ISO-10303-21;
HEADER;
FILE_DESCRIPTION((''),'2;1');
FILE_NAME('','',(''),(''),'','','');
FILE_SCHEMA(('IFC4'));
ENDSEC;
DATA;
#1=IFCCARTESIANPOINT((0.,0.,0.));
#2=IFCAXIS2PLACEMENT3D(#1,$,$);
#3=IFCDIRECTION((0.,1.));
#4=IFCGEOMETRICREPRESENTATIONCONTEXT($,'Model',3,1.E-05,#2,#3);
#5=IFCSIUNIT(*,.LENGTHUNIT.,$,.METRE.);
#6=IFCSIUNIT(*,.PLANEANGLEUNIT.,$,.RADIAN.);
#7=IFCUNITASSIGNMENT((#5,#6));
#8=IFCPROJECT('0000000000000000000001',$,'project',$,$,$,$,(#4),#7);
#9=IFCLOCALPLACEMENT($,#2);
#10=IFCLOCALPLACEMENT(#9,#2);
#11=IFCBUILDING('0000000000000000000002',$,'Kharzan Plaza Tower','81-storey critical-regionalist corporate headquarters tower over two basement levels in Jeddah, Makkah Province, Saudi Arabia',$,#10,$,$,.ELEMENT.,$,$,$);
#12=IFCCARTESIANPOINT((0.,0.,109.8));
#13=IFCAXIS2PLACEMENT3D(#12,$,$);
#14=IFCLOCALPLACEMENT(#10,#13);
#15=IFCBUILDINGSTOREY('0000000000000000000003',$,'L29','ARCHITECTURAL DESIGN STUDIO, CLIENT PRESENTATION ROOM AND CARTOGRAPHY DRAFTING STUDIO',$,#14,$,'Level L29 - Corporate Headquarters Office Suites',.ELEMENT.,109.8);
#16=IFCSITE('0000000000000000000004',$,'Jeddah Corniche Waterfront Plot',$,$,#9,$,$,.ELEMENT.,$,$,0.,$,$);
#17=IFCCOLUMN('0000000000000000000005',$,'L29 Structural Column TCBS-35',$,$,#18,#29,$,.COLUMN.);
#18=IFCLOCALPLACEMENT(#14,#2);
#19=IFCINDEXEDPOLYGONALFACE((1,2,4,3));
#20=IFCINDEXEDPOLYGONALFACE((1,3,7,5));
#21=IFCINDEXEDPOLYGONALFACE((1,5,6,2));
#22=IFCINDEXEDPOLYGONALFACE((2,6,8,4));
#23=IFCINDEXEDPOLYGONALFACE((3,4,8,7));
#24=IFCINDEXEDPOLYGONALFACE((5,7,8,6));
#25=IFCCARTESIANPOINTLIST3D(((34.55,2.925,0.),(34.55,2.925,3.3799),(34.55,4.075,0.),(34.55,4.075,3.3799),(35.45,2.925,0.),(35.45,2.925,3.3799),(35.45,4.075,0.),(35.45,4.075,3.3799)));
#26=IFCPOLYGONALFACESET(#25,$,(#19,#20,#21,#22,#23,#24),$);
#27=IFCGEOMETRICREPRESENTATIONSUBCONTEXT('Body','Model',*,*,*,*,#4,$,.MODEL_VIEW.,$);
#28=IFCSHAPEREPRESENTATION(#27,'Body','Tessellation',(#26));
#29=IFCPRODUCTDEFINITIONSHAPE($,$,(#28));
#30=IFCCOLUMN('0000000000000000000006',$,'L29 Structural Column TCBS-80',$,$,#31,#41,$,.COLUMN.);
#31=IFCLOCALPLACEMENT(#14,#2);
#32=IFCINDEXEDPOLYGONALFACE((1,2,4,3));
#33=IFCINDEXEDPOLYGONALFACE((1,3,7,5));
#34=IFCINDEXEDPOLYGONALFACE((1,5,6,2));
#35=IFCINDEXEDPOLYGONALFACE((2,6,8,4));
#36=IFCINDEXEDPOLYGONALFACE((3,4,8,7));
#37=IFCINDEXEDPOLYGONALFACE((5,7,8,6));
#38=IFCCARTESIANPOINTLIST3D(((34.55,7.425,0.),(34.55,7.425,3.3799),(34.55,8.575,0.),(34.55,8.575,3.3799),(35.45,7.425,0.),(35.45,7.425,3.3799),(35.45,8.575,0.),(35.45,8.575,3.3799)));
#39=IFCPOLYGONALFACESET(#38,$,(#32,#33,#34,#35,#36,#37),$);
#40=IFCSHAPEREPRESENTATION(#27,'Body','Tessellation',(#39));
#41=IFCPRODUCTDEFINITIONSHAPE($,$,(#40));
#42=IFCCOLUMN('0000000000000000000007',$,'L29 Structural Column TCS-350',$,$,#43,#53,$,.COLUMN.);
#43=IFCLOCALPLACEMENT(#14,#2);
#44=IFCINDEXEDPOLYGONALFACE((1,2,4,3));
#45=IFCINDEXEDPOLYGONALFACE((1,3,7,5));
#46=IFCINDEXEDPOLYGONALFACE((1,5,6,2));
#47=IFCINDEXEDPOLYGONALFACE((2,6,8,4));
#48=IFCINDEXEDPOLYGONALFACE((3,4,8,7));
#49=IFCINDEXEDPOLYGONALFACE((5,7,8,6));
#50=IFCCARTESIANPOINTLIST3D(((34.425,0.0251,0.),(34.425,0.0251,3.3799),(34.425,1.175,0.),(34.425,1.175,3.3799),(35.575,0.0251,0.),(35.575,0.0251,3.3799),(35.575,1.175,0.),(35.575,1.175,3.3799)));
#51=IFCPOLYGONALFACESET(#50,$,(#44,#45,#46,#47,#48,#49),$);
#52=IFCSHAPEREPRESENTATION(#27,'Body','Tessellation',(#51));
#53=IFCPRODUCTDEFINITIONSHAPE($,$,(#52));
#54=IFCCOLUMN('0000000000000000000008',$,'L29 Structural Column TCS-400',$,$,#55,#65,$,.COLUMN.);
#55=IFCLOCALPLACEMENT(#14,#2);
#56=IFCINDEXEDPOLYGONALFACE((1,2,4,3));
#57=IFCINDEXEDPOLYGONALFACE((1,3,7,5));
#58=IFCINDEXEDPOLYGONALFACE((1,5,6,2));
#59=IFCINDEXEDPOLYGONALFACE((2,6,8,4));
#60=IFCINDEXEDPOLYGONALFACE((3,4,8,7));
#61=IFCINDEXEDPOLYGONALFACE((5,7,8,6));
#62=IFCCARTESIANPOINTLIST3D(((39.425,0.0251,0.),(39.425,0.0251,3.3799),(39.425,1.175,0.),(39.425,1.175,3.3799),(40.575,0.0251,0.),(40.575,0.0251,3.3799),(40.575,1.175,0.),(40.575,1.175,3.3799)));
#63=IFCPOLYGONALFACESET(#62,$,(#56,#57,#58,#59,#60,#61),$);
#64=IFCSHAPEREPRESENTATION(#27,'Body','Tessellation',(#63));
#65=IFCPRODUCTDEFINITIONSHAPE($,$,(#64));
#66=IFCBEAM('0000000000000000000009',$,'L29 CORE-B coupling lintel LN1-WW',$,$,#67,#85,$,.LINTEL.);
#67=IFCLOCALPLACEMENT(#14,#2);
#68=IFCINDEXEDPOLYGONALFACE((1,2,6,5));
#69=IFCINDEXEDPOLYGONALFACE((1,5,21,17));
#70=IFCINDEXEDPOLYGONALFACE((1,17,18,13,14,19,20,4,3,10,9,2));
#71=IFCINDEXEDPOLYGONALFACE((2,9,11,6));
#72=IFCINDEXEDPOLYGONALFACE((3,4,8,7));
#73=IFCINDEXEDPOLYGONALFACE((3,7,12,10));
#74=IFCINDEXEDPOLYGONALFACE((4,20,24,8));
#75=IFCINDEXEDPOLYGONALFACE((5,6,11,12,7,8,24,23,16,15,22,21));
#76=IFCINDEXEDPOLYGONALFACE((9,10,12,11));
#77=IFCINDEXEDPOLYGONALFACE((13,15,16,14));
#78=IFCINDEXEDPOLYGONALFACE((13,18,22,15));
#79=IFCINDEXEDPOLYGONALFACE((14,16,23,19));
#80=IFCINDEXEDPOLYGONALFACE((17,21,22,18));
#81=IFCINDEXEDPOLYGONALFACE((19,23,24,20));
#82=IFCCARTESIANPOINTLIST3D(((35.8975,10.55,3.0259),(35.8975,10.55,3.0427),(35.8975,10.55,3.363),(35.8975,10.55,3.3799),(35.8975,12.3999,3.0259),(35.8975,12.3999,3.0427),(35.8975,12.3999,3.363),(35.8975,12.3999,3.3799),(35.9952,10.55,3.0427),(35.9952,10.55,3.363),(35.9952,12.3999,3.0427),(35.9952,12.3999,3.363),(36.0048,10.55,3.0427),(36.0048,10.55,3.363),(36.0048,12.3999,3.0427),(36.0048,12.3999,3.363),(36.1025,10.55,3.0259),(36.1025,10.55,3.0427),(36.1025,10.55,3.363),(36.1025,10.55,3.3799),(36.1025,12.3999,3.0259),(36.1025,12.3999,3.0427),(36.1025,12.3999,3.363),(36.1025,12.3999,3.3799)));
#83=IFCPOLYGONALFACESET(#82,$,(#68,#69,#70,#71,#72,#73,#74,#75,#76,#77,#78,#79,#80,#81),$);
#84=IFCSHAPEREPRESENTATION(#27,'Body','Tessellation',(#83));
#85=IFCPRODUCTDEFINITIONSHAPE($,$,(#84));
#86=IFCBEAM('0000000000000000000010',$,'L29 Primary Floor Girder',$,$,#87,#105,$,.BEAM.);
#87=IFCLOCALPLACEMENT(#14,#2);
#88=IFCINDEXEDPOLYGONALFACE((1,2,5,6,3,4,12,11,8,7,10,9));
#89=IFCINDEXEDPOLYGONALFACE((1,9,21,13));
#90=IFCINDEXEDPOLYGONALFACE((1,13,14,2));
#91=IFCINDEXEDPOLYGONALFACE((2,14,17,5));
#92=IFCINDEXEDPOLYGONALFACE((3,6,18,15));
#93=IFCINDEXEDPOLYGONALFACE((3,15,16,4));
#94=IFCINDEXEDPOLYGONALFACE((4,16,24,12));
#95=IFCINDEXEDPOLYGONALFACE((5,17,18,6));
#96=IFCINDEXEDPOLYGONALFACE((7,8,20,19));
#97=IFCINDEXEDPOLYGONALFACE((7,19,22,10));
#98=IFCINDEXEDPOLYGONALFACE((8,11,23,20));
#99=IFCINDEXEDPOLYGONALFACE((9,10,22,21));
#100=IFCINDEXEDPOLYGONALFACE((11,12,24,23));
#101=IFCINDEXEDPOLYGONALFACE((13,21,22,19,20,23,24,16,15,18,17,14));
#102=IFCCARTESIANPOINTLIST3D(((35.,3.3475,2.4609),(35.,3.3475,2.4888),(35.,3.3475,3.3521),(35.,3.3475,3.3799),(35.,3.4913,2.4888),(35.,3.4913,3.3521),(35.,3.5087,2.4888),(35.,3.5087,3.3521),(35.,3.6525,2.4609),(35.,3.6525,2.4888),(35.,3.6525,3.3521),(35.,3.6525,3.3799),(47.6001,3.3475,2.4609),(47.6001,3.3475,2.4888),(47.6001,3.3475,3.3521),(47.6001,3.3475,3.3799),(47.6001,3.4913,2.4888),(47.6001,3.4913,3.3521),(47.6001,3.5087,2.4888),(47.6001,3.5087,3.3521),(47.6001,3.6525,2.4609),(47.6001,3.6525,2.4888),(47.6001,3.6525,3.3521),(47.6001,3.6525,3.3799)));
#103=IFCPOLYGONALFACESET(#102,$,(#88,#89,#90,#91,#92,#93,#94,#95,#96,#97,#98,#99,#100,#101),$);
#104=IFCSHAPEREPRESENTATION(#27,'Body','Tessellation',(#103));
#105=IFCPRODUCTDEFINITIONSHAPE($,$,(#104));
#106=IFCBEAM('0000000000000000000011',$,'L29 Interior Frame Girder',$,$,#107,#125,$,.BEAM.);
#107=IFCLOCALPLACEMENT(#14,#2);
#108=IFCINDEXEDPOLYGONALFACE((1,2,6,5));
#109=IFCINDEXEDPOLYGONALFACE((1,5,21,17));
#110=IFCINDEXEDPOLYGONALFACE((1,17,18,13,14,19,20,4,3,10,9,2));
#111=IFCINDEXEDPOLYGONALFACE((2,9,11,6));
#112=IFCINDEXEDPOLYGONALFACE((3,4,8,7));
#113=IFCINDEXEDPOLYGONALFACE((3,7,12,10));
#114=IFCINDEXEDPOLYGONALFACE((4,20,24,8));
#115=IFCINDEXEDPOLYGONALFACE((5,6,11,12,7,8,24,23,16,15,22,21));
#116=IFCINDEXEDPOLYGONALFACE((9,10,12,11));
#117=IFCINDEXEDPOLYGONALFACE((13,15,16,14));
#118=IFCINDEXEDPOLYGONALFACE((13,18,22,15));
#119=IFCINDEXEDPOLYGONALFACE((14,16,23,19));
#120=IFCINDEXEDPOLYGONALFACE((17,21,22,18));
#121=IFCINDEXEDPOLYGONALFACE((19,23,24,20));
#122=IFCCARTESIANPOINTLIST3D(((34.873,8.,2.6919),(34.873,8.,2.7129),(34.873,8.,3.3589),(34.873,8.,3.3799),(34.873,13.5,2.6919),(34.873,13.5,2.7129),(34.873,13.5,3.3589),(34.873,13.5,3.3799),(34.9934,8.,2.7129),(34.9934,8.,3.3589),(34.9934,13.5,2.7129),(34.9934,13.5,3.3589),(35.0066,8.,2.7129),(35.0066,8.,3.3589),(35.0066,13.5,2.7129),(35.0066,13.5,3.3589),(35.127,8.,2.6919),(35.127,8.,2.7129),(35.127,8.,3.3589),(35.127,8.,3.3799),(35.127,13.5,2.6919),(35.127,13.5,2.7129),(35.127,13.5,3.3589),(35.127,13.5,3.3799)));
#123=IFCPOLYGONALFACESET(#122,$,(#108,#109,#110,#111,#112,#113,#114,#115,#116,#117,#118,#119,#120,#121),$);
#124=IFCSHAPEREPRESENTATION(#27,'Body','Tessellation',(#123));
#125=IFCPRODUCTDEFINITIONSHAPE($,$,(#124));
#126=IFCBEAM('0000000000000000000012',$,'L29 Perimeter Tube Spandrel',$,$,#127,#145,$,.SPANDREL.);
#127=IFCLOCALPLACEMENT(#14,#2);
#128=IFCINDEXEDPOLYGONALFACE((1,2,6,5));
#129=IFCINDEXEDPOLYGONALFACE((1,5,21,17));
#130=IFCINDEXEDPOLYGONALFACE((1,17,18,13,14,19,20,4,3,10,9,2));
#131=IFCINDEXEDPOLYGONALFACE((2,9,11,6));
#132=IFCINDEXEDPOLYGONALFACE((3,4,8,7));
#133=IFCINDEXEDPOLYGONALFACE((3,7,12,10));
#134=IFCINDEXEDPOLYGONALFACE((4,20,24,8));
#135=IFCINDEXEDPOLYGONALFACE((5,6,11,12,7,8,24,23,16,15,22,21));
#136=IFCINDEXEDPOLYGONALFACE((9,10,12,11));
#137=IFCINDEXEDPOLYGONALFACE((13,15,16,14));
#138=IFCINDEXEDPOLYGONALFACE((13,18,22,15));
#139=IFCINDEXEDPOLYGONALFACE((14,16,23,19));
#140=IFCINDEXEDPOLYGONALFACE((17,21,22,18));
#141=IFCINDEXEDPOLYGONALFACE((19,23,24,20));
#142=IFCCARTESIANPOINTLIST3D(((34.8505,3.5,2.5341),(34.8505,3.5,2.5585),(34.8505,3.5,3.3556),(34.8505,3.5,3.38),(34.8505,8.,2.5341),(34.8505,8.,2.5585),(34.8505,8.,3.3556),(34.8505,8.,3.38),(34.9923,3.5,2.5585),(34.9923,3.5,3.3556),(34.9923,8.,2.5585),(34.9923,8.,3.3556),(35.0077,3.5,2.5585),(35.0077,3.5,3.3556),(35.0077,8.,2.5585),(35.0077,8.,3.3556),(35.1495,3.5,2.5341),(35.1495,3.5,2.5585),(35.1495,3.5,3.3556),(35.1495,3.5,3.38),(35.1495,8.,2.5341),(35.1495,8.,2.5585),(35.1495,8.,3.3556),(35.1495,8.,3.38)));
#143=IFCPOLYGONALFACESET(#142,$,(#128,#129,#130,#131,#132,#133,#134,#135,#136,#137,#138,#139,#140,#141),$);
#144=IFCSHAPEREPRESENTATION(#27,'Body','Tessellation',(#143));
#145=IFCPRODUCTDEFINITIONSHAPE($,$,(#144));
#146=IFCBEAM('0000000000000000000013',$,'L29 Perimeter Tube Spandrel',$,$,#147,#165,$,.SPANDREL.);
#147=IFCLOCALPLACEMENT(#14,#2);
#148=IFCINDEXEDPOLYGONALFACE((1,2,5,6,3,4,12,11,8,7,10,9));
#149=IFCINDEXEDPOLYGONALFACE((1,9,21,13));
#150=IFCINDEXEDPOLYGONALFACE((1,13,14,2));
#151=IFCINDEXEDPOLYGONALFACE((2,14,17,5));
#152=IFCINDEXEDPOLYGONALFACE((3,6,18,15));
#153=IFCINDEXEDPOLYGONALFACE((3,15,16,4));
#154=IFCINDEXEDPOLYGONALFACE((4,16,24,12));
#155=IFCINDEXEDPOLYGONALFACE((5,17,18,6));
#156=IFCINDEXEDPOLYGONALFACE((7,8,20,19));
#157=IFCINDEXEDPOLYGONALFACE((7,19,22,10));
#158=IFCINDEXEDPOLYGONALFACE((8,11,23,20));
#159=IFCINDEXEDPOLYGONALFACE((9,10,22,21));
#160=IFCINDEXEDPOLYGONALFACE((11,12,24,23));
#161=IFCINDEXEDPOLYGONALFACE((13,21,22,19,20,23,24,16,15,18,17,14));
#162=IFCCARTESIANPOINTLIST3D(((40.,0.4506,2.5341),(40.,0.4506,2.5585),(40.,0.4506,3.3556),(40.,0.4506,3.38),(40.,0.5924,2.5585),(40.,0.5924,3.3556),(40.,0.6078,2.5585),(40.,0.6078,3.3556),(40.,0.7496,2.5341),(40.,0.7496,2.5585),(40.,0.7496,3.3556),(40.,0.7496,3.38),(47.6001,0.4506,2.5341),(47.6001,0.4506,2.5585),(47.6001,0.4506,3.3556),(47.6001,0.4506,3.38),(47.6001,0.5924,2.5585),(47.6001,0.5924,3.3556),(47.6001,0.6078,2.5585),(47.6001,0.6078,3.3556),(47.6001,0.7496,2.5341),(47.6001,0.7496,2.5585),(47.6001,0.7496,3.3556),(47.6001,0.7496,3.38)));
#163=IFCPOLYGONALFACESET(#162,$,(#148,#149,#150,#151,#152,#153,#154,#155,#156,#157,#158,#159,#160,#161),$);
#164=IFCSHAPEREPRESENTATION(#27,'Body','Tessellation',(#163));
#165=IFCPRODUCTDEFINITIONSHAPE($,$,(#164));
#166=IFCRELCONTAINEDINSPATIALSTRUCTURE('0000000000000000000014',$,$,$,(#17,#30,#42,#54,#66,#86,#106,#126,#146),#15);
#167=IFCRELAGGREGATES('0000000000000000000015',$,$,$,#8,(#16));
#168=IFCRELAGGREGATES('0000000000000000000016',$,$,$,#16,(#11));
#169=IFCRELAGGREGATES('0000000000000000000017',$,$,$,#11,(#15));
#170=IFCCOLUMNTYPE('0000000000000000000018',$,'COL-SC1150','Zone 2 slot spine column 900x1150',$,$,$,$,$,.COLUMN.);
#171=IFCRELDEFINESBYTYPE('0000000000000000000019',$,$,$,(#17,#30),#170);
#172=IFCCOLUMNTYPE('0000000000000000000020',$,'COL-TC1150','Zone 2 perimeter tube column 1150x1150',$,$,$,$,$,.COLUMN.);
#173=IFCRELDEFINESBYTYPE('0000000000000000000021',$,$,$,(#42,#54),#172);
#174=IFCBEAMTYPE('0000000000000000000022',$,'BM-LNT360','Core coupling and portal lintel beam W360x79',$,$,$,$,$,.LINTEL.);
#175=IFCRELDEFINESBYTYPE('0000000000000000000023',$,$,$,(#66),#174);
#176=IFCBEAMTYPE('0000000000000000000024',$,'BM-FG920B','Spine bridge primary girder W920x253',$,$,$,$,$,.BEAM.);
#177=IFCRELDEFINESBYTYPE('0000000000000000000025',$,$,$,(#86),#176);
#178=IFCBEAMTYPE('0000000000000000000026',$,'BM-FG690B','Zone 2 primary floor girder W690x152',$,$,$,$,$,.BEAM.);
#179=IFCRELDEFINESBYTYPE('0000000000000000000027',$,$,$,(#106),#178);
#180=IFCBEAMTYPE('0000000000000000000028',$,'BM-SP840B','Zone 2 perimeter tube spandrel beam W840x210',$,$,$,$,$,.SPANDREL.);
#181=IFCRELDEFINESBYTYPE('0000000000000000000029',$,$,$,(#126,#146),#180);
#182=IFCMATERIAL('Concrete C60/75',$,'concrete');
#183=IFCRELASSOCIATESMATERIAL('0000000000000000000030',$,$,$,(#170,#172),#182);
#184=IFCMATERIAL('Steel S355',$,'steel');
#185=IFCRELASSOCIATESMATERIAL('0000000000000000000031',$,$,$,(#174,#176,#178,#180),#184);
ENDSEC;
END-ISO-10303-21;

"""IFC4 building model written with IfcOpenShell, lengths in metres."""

from ifc_helpers import new_model, si_unit, direction, frame, origin, origin_2d, place, context, subcontext, project, spatial, rectangle, i_section, extrude, source, transform, mapped, material, material_profile, profile_set, type_object, element, save


model = new_model("IFC4")

# Units and contexts
model_context = context("Model", 3, precision=1e-05, world=origin(), true_north=direction((0.0, 1.0)))
body_context = subcontext(model_context, "Body", "Model", "MODEL_VIEW")
ifc_project = project(units=[si_unit("LENGTHUNIT", "METRE"), si_unit("PLANEANGLEUNIT", "RADIAN")], contexts=[model_context])

# Site, building, storey
site_placement = place(None, origin())
site = spatial("IfcSite", under=ifc_project, at=site_placement, Name="Jeddah Corniche Waterfront Plot", CompositionType="ELEMENT", RefElevation=0.0)
building_placement = place(site_placement, origin())
building = spatial("IfcBuilding", under=site, at=building_placement, Name="Kharzan Plaza Tower", Description="81-storey critical-regionalist corporate headquarters tower over two basement levels in Jeddah, Makkah Province, Saudi Arabia", CompositionType="ELEMENT")
storey_placement = place(building_placement, frame((0.0, 0.0, 109.8)))
storey = spatial("IfcBuildingStorey", under=building, at=storey_placement, Name="L29", Description="ARCHITECTURAL DESIGN STUDIO, CLIENT PRESENTATION ROOM AND CARTOGRAPHY DRAFTING STUDIO", LongName="Level L29 - Corporate Headquarters Office Suites", CompositionType="ELEMENT", Elevation=109.8)

# Columns
ifc_material_1 = material(Name="Concrete C60/75", Category="concrete")
ifc_material_profile_1 = material_profile(ifc_material_1, rectangle(XDim=0.8999, YDim=1.1499, at=origin_2d()), Name="RC-SC1150x900")
ifc_profile_set_1 = profile_set([ifc_material_profile_1], Name="Concrete C60/75")
column_type_1 = type_object("IfcColumnType", Name="COL-SC1150", Description="Zone 2 slot spine column 900x1150", PredefinedType="COLUMN", material=ifc_profile_set_1)
shared_shape_1 = source(origin(), body_context, "Body", "SweptSolid", [
    extrude(rectangle(XDim=0.8999, YDim=1.1499, at=origin_2d()), origin(), (0.0, 0.0, 1.0), 3.3799),
])
for number, where, z_axis, x_axis, name in (
    (1, (35.0, 3.5, 0.0), (0.0, 0.0, 1.0), (1.0, 0.0, 0.0), "L29 Structural Column TCBS-35"),
    (2, (35.0, 8.0, 0.0), (0.0, 0.0, 1.0), (1.0, 0.0, 0.0), "L29 Structural Column TCBS-80"),
):
    element("IfcColumn", number, at=place(storey_placement, frame(where, z_axis=z_axis, x_axis=x_axis)), inside=storey, type_object=column_type_1, Name=name, PredefinedType="COLUMN", context=body_context, shape_type="MappedRepresentation", body=[
        mapped(shared_shape_1, transform((0.0, 0.0, 0.0), x_axis=(1.0, 0.0, 0.0), y_axis=(0.0, 1.0, 0.0), z_axis=(0.0, 0.0, 1.0))),
    ])
ifc_material_profile_2 = material_profile(ifc_material_1, rectangle(XDim=1.1499, YDim=1.1499, at=origin_2d()), Name="RC-TC1150x1150")
ifc_profile_set_2 = profile_set([ifc_material_profile_2], Name="Concrete C60/75")
column_type_2 = type_object("IfcColumnType", Name="COL-TC1150", Description="Zone 2 perimeter tube column 1150x1150", PredefinedType="COLUMN", material=ifc_profile_set_2)
shared_shape_2 = source(origin(), body_context, "Body", "SweptSolid", [
    extrude(rectangle(XDim=1.1499, YDim=1.1499, at=origin_2d()), origin(), (0.0, 0.0, 1.0), 3.3799),
])
for number, where, z_axis, x_axis, name in (
    (3, (35.0, 0.6001, 0.0), (0.0, 0.0, 1.0), (1.0, 0.0, 0.0), "L29 Structural Column TCS-350"),
    (4, (40.0, 0.6001, 0.0), (0.0, 0.0, 1.0), (1.0, 0.0, 0.0), "L29 Structural Column TCS-400"),
):
    element("IfcColumn", number, at=place(storey_placement, frame(where, z_axis=z_axis, x_axis=x_axis)), inside=storey, type_object=column_type_2, Name=name, PredefinedType="COLUMN", context=body_context, shape_type="MappedRepresentation", body=[
        mapped(shared_shape_2, transform((0.0, 0.0, 0.0), x_axis=(1.0, 0.0, 0.0), y_axis=(0.0, 1.0, 0.0), z_axis=(0.0, 0.0, 1.0))),
    ])

# Beams
ifc_material_2 = material(Name="Steel S355", Category="steel")
ifc_material_profile_3 = material_profile(ifc_material_2, i_section(OverallWidth=0.2051, OverallDepth=0.354, WebThickness=0.0095, FlangeThickness=0.0168, at=origin_2d()), Name="W360x79")
ifc_profile_set_3 = profile_set([ifc_material_profile_3], Name="Steel S355")
beam_type_1 = type_object("IfcBeamType", Name="BM-LNT360", Description="Core coupling and portal lintel beam W360x79", PredefinedType="LINTEL", material=ifc_profile_set_3)
shared_shape_3 = source(origin(), body_context, "Body", "SweptSolid", [
    extrude(i_section(OverallWidth=0.2051, OverallDepth=0.354, WebThickness=0.0095, FlangeThickness=0.0168, at=origin_2d()), origin(), (0.0, 0.0, 1.0), 1.8499),
])
beam_1_placement = place(storey_placement, frame((36.0, 10.55, 3.2029), z_axis=(0.0, 1.0, 0.0), x_axis=(-1.0, 0.0, 0.0)))
element("IfcBeam", 5, at=beam_1_placement, inside=storey, type_object=beam_type_1, Name="L29 CORE-B coupling lintel LN1-WW", PredefinedType="LINTEL", context=body_context, shape_type="MappedRepresentation", body=[
    mapped(shared_shape_3, transform((0.0, 0.0, 0.0), x_axis=(1.0, 0.0, 0.0), y_axis=(0.0, 1.0, 0.0), z_axis=(0.0, 0.0, 1.0))),
])
ifc_material_profile_4 = material_profile(ifc_material_2, i_section(OverallWidth=0.3049, OverallDepth=0.9189, WebThickness=0.0173, FlangeThickness=0.0278, at=origin_2d()), Name="W920x253")
ifc_profile_set_4 = profile_set([ifc_material_profile_4], Name="Steel S355")
beam_type_2 = type_object("IfcBeamType", Name="BM-FG920B", Description="Spine bridge primary girder W920x253", PredefinedType="BEAM", material=ifc_profile_set_4)
shared_shape_4 = source(origin(), body_context, "Body", "SweptSolid", [
    extrude(i_section(OverallWidth=0.3049, OverallDepth=0.9189, WebThickness=0.0173, FlangeThickness=0.0278, at=origin_2d()), origin(), (0.0, 0.0, 1.0), 12.6001),
])
beam_2_placement = place(storey_placement, frame((35.0, 3.5, 2.9204), z_axis=(1.0, 0.0, 0.0), x_axis=(0.0, 1.0, 0.0)))
element("IfcBeam", 6, at=beam_2_placement, inside=storey, type_object=beam_type_2, Name="L29 Primary Floor Girder", PredefinedType="BEAM", context=body_context, shape_type="MappedRepresentation", body=[
    mapped(shared_shape_4, transform((0.0, 0.0, 0.0), x_axis=(1.0, 0.0, 0.0), y_axis=(0.0, 1.0, 0.0), z_axis=(0.0, 0.0, 1.0))),
])
ifc_material_profile_5 = material_profile(ifc_material_2, i_section(OverallWidth=0.2539, OverallDepth=0.688, WebThickness=0.0132, FlangeThickness=0.021, at=origin_2d()), Name="W690x152")
ifc_profile_set_5 = profile_set([ifc_material_profile_5], Name="Steel S355")
beam_type_3 = type_object("IfcBeamType", Name="BM-FG690B", Description="Zone 2 primary floor girder W690x152", PredefinedType="BEAM", material=ifc_profile_set_5)
shared_shape_5 = source(origin(), body_context, "Body", "SweptSolid", [
    extrude(i_section(OverallWidth=0.2539, OverallDepth=0.688, WebThickness=0.0132, FlangeThickness=0.021, at=origin_2d()), origin(), (0.0, 0.0, 1.0), 5.5),
])
beam_3_placement = place(storey_placement, frame((35.0, 8.0, 3.0359), z_axis=(0.0, 1.0, 0.0), x_axis=(-1.0, 0.0, 0.0)))
element("IfcBeam", 7, at=beam_3_placement, inside=storey, type_object=beam_type_3, Name="L29 Interior Frame Girder", PredefinedType="BEAM", context=body_context, shape_type="MappedRepresentation", body=[
    mapped(shared_shape_5, transform((0.0, 0.0, 0.0), x_axis=(1.0, 0.0, 0.0), y_axis=(0.0, 1.0, 0.0), z_axis=(0.0, 0.0, 1.0))),
])
ifc_material_profile_6 = material_profile(ifc_material_2, i_section(OverallWidth=0.2991, OverallDepth=0.8459, WebThickness=0.0154, FlangeThickness=0.0244, at=origin_2d()), Name="W840x210")
ifc_profile_set_6 = profile_set([ifc_material_profile_6], Name="Steel S355")
beam_type_4 = type_object("IfcBeamType", Name="BM-SP840B", Description="Zone 2 perimeter tube spandrel beam W840x210", PredefinedType="SPANDREL", material=ifc_profile_set_6)
shared_shape_6 = source(origin(), body_context, "Body", "SweptSolid", [
    extrude(i_section(OverallWidth=0.2991, OverallDepth=0.8459, WebThickness=0.0154, FlangeThickness=0.0244, at=origin_2d()), origin(), (0.0, 0.0, 1.0), 4.5),
])
beam_4_placement = place(storey_placement, frame((35.0, 3.5, 2.957), z_axis=(0.0, 1.0, 0.0), x_axis=(-1.0, 0.0, 0.0)))
element("IfcBeam", 8, at=beam_4_placement, inside=storey, type_object=beam_type_4, Name="L29 Perimeter Tube Spandrel", PredefinedType="SPANDREL", context=body_context, shape_type="MappedRepresentation", body=[
    mapped(shared_shape_6, transform((0.0, 0.0, 0.0), x_axis=(1.0, 0.0, 0.0), y_axis=(0.0, 1.0, 0.0), z_axis=(0.0, 0.0, 1.0))),
])
shared_shape_7 = source(origin(), body_context, "Body", "SweptSolid", [
    extrude(i_section(OverallWidth=0.2991, OverallDepth=0.8459, WebThickness=0.0154, FlangeThickness=0.0244, at=origin_2d()), origin(), (0.0, 0.0, 1.0), 7.6001),
])
beam_5_placement = place(storey_placement, frame((40.0, 0.6001, 2.957), z_axis=(1.0, 0.0, 0.0), x_axis=(0.0, 1.0, 0.0)))
element("IfcBeam", 9, at=beam_5_placement, inside=storey, type_object=beam_type_4, Name="L29 Perimeter Tube Spandrel", PredefinedType="SPANDREL", context=body_context, shape_type="MappedRepresentation", body=[
    mapped(shared_shape_7, transform((0.0, 0.0, 0.0), x_axis=(1.0, 0.0, 0.0), y_axis=(0.0, 1.0, 0.0), z_axis=(0.0, 0.0, 1.0))),
])

save(model, "model.ifc")
